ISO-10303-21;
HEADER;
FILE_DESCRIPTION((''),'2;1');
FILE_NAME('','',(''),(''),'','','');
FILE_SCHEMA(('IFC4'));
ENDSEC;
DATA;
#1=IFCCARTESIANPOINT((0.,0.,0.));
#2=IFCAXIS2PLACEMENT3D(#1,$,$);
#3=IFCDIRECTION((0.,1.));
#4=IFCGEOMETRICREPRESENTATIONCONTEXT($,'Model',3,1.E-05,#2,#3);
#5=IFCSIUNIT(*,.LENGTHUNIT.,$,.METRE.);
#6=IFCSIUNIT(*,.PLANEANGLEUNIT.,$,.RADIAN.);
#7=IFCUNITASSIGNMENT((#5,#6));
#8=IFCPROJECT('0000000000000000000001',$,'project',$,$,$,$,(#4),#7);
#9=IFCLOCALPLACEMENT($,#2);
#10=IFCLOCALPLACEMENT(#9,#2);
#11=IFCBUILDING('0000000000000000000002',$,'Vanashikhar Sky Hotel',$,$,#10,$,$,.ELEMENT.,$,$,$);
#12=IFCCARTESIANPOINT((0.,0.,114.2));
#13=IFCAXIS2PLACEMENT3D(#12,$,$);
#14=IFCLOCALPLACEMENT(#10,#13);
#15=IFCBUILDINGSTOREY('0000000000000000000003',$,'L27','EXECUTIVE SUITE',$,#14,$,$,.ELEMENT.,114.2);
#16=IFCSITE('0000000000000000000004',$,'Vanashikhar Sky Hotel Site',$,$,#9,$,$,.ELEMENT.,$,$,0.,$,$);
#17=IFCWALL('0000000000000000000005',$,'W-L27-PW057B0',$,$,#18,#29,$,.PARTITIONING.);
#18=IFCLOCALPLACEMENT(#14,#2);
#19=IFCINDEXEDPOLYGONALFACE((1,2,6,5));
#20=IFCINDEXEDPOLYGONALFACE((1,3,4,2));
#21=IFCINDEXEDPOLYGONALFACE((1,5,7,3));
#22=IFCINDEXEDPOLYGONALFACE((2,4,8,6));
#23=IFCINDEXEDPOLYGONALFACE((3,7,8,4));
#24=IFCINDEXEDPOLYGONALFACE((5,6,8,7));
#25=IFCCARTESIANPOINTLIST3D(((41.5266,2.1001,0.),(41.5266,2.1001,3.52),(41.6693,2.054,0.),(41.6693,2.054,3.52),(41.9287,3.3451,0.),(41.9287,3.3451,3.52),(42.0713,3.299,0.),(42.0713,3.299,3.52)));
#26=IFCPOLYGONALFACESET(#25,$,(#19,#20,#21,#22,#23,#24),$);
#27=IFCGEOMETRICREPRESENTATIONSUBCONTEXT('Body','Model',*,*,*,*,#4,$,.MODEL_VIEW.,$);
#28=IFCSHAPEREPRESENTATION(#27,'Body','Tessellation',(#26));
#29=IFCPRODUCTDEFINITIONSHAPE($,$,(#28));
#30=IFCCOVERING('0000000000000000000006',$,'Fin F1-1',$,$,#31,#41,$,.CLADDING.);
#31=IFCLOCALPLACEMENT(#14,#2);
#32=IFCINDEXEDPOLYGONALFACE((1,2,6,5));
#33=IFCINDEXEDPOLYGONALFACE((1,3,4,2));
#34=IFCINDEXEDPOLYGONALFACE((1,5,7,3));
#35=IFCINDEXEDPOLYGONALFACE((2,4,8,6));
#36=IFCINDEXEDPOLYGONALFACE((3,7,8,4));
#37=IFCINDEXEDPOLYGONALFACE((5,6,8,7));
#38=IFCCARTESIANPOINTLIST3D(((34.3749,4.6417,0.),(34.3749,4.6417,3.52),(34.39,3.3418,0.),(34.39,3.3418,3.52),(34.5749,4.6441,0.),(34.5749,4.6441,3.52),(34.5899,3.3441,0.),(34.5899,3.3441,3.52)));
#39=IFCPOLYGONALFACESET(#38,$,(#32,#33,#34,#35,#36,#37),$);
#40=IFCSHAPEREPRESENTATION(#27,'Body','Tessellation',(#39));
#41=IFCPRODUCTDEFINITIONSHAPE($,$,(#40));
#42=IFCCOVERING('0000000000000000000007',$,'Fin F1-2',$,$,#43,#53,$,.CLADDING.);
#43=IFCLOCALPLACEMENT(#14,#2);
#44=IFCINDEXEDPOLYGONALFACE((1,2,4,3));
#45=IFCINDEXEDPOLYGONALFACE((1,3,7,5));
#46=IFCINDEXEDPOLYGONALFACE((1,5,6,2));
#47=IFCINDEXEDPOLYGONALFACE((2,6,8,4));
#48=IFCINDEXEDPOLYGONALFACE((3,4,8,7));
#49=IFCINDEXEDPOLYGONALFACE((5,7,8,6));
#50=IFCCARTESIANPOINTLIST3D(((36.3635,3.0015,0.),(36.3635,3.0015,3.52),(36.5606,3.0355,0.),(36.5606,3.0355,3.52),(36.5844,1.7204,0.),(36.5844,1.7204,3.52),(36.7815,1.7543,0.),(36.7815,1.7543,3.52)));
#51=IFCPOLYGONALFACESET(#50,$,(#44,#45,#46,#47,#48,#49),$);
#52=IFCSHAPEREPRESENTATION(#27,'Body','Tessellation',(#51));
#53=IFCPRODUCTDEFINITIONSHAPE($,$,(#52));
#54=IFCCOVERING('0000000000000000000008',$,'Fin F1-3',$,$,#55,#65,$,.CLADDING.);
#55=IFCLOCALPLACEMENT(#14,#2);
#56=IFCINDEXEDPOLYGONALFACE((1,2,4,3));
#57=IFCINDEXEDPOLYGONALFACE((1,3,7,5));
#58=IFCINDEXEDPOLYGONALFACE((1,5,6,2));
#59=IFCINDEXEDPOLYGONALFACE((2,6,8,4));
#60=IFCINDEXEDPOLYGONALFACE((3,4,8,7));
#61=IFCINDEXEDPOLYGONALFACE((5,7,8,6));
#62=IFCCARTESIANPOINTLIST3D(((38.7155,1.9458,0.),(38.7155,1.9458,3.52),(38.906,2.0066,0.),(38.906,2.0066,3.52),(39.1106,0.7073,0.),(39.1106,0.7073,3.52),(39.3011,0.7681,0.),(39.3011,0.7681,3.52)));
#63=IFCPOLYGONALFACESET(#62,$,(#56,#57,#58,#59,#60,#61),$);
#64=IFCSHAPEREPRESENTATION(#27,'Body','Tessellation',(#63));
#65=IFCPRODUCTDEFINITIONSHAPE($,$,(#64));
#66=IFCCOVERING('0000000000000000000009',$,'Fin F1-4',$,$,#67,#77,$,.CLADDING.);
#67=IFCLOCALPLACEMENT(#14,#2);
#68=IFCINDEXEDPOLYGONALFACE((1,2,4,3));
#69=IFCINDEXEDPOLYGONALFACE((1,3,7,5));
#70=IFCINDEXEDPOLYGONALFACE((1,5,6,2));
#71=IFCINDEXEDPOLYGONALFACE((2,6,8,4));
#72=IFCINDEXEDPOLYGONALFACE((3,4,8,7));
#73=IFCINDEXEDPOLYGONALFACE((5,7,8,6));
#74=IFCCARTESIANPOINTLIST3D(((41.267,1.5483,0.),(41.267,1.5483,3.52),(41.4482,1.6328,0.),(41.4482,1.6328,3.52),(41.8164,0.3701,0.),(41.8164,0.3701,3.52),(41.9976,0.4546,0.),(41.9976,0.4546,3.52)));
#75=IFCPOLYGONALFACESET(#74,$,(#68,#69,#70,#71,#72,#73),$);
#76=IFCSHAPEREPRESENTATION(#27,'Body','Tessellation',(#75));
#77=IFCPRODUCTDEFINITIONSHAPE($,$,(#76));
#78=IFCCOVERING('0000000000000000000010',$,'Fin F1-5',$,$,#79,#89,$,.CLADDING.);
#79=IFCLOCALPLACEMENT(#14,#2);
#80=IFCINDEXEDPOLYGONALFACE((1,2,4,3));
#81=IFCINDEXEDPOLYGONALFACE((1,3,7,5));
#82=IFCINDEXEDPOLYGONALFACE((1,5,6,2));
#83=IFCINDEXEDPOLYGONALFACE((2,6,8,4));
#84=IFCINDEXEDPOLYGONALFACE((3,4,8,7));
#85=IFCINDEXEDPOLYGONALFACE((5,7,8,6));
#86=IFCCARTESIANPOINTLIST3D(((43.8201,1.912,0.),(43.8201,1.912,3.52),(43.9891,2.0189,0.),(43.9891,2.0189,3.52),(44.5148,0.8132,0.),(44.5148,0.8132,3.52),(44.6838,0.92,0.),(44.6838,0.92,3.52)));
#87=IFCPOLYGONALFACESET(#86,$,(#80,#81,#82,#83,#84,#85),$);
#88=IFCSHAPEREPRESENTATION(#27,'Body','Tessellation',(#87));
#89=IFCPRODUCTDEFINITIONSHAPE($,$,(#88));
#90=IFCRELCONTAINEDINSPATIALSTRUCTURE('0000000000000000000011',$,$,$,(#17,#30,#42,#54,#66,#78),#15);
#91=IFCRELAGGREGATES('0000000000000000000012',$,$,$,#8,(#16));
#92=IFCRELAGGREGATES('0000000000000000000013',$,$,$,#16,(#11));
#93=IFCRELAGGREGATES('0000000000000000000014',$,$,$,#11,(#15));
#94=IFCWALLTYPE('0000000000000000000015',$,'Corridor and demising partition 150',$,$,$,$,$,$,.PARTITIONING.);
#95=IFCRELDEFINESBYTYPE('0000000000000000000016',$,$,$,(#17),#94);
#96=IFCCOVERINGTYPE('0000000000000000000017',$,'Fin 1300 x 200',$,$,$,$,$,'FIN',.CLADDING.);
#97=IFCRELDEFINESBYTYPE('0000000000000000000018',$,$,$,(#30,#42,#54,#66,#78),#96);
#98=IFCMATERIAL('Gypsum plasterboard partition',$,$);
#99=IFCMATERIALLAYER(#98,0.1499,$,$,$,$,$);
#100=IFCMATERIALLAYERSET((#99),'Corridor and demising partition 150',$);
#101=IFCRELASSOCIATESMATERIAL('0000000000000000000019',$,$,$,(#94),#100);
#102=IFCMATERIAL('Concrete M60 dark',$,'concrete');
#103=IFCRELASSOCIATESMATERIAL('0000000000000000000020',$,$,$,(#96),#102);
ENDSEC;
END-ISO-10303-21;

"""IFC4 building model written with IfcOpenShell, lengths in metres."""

from ifc_helpers import new_model, si_unit, direction, frame, frame_2d, origin, origin_2d, place, context, subcontext, project, spatial, rectangle, extrude, source, transform, mapped, material, layer, layer_set, material_profile, profile_set, type_object, element, save


model = new_model("IFC4")

# Units and contexts
model_context = context("Model", 3, precision=1e-05, world=origin(), true_north=direction((0.0, 1.0)))
body_context = subcontext(model_context, "Body", "Model", "MODEL_VIEW")
ifc_project = project(units=[si_unit("LENGTHUNIT", "METRE"), si_unit("PLANEANGLEUNIT", "RADIAN")], contexts=[model_context])

# Site, building, storey
site_placement = place(None, origin())
site = spatial("IfcSite", under=ifc_project, at=site_placement, Name="Vanashikhar Sky Hotel Site", CompositionType="ELEMENT", RefElevation=0.0)
building_placement = place(site_placement, origin())
building = spatial("IfcBuilding", under=site, at=building_placement, Name="Vanashikhar Sky Hotel", CompositionType="ELEMENT")
storey_placement = place(building_placement, frame((0.0, 0.0, 114.2)))
storey = spatial("IfcBuildingStorey", under=building, at=storey_placement, Name="L27", Description="EXECUTIVE SUITE", CompositionType="ELEMENT", Elevation=114.2)

# Wall
ifc_material_1 = material(Name="Gypsum plasterboard partition")
ifc_layer_1 = layer(ifc_material_1, 0.1499)
ifc_layer_set_1 = layer_set([ifc_layer_1], Name="Corridor and demising partition 150")
wall_type_1 = type_object("IfcWallType", Name="Corridor and demising partition 150", PredefinedType="PARTITIONING", material=ifc_layer_set_1)
shared_shape_1 = source(origin(), body_context, "Body", "SweptSolid", [
    extrude(rectangle(XDim=1.3083, YDim=0.1499, at=frame_2d((0.6543, 0.0))), origin(), (0.0, 0.0, 1.0), 3.52),
])
wall_1_placement = place(storey_placement, frame((41.5979, 2.0769, 0.0), z_axis=(0.0, 0.0, 1.0), x_axis=(0.307314, 0.951608, 0.0)))
element("IfcWall", 1, at=wall_1_placement, inside=storey, type_object=wall_type_1, Name="W-L27-PW057B0", PredefinedType="PARTITIONING", context=body_context, shape_type="MappedRepresentation", body=[
    mapped(shared_shape_1, transform((0.0, 0.0, 0.0), scale=1.0)),
])

# Coverings
ifc_material_2 = material(Name="Concrete M60 dark", Category="concrete")
ifc_material_profile = material_profile(ifc_material_2, rectangle(XDim=1.3, YDim=0.2, at=origin_2d()))
ifc_profile_set = profile_set([ifc_material_profile], Name="Fin 1300 x 200")
covering_type = type_object("IfcCoveringType", Name="Fin 1300 x 200", ElementType="FIN", PredefinedType="CLADDING", material=ifc_profile_set)
shared_shape_2 = source(origin(), body_context, "Body", "SweptSolid", [
    extrude(rectangle(XDim=1.3, YDim=0.2, at=origin_2d()), origin(), (0.0, 0.0, 1.0), 3.52),
])
for number, where, z_axis, x_axis, name in (
    (2, (34.4824, 3.9929, 0.0), (0.0, 0.0, 1.0), (0.011589, -0.999933, 0.0), "Fin F1-1"),
    (3, (36.5725, 2.3779, 0.0), (0.0, 0.0, 1.0), (0.1699, -0.985461, 0.0), "Fin F1-2"),
    (4, (39.0083, 1.3569, 0.0), (0.0, 0.0, 1.0), (0.303967, -0.952683, 0.0), "Fin F1-3"),
    (5, (41.6323, 1.0015, 0.0), (0.0, 0.0, 1.0), (0.422618, -0.906308, 0.0), "Fin F1-4"),
    (6, (44.252, 1.416, 0.0), (0.0, 0.0, 1.0), (0.534411, -0.845225, 0.0), "Fin F1-5"),
):
    element("IfcCovering", number, at=place(storey_placement, frame(where, z_axis=z_axis, x_axis=x_axis)), inside=storey, type_object=covering_type, Name=name, PredefinedType="CLADDING", context=body_context, shape_type="MappedRepresentation", body=[
        mapped(shared_shape_2, transform((0.0, 0.0, 0.0), scale=1.0)),
    ])

save(model, "model.ifc")
